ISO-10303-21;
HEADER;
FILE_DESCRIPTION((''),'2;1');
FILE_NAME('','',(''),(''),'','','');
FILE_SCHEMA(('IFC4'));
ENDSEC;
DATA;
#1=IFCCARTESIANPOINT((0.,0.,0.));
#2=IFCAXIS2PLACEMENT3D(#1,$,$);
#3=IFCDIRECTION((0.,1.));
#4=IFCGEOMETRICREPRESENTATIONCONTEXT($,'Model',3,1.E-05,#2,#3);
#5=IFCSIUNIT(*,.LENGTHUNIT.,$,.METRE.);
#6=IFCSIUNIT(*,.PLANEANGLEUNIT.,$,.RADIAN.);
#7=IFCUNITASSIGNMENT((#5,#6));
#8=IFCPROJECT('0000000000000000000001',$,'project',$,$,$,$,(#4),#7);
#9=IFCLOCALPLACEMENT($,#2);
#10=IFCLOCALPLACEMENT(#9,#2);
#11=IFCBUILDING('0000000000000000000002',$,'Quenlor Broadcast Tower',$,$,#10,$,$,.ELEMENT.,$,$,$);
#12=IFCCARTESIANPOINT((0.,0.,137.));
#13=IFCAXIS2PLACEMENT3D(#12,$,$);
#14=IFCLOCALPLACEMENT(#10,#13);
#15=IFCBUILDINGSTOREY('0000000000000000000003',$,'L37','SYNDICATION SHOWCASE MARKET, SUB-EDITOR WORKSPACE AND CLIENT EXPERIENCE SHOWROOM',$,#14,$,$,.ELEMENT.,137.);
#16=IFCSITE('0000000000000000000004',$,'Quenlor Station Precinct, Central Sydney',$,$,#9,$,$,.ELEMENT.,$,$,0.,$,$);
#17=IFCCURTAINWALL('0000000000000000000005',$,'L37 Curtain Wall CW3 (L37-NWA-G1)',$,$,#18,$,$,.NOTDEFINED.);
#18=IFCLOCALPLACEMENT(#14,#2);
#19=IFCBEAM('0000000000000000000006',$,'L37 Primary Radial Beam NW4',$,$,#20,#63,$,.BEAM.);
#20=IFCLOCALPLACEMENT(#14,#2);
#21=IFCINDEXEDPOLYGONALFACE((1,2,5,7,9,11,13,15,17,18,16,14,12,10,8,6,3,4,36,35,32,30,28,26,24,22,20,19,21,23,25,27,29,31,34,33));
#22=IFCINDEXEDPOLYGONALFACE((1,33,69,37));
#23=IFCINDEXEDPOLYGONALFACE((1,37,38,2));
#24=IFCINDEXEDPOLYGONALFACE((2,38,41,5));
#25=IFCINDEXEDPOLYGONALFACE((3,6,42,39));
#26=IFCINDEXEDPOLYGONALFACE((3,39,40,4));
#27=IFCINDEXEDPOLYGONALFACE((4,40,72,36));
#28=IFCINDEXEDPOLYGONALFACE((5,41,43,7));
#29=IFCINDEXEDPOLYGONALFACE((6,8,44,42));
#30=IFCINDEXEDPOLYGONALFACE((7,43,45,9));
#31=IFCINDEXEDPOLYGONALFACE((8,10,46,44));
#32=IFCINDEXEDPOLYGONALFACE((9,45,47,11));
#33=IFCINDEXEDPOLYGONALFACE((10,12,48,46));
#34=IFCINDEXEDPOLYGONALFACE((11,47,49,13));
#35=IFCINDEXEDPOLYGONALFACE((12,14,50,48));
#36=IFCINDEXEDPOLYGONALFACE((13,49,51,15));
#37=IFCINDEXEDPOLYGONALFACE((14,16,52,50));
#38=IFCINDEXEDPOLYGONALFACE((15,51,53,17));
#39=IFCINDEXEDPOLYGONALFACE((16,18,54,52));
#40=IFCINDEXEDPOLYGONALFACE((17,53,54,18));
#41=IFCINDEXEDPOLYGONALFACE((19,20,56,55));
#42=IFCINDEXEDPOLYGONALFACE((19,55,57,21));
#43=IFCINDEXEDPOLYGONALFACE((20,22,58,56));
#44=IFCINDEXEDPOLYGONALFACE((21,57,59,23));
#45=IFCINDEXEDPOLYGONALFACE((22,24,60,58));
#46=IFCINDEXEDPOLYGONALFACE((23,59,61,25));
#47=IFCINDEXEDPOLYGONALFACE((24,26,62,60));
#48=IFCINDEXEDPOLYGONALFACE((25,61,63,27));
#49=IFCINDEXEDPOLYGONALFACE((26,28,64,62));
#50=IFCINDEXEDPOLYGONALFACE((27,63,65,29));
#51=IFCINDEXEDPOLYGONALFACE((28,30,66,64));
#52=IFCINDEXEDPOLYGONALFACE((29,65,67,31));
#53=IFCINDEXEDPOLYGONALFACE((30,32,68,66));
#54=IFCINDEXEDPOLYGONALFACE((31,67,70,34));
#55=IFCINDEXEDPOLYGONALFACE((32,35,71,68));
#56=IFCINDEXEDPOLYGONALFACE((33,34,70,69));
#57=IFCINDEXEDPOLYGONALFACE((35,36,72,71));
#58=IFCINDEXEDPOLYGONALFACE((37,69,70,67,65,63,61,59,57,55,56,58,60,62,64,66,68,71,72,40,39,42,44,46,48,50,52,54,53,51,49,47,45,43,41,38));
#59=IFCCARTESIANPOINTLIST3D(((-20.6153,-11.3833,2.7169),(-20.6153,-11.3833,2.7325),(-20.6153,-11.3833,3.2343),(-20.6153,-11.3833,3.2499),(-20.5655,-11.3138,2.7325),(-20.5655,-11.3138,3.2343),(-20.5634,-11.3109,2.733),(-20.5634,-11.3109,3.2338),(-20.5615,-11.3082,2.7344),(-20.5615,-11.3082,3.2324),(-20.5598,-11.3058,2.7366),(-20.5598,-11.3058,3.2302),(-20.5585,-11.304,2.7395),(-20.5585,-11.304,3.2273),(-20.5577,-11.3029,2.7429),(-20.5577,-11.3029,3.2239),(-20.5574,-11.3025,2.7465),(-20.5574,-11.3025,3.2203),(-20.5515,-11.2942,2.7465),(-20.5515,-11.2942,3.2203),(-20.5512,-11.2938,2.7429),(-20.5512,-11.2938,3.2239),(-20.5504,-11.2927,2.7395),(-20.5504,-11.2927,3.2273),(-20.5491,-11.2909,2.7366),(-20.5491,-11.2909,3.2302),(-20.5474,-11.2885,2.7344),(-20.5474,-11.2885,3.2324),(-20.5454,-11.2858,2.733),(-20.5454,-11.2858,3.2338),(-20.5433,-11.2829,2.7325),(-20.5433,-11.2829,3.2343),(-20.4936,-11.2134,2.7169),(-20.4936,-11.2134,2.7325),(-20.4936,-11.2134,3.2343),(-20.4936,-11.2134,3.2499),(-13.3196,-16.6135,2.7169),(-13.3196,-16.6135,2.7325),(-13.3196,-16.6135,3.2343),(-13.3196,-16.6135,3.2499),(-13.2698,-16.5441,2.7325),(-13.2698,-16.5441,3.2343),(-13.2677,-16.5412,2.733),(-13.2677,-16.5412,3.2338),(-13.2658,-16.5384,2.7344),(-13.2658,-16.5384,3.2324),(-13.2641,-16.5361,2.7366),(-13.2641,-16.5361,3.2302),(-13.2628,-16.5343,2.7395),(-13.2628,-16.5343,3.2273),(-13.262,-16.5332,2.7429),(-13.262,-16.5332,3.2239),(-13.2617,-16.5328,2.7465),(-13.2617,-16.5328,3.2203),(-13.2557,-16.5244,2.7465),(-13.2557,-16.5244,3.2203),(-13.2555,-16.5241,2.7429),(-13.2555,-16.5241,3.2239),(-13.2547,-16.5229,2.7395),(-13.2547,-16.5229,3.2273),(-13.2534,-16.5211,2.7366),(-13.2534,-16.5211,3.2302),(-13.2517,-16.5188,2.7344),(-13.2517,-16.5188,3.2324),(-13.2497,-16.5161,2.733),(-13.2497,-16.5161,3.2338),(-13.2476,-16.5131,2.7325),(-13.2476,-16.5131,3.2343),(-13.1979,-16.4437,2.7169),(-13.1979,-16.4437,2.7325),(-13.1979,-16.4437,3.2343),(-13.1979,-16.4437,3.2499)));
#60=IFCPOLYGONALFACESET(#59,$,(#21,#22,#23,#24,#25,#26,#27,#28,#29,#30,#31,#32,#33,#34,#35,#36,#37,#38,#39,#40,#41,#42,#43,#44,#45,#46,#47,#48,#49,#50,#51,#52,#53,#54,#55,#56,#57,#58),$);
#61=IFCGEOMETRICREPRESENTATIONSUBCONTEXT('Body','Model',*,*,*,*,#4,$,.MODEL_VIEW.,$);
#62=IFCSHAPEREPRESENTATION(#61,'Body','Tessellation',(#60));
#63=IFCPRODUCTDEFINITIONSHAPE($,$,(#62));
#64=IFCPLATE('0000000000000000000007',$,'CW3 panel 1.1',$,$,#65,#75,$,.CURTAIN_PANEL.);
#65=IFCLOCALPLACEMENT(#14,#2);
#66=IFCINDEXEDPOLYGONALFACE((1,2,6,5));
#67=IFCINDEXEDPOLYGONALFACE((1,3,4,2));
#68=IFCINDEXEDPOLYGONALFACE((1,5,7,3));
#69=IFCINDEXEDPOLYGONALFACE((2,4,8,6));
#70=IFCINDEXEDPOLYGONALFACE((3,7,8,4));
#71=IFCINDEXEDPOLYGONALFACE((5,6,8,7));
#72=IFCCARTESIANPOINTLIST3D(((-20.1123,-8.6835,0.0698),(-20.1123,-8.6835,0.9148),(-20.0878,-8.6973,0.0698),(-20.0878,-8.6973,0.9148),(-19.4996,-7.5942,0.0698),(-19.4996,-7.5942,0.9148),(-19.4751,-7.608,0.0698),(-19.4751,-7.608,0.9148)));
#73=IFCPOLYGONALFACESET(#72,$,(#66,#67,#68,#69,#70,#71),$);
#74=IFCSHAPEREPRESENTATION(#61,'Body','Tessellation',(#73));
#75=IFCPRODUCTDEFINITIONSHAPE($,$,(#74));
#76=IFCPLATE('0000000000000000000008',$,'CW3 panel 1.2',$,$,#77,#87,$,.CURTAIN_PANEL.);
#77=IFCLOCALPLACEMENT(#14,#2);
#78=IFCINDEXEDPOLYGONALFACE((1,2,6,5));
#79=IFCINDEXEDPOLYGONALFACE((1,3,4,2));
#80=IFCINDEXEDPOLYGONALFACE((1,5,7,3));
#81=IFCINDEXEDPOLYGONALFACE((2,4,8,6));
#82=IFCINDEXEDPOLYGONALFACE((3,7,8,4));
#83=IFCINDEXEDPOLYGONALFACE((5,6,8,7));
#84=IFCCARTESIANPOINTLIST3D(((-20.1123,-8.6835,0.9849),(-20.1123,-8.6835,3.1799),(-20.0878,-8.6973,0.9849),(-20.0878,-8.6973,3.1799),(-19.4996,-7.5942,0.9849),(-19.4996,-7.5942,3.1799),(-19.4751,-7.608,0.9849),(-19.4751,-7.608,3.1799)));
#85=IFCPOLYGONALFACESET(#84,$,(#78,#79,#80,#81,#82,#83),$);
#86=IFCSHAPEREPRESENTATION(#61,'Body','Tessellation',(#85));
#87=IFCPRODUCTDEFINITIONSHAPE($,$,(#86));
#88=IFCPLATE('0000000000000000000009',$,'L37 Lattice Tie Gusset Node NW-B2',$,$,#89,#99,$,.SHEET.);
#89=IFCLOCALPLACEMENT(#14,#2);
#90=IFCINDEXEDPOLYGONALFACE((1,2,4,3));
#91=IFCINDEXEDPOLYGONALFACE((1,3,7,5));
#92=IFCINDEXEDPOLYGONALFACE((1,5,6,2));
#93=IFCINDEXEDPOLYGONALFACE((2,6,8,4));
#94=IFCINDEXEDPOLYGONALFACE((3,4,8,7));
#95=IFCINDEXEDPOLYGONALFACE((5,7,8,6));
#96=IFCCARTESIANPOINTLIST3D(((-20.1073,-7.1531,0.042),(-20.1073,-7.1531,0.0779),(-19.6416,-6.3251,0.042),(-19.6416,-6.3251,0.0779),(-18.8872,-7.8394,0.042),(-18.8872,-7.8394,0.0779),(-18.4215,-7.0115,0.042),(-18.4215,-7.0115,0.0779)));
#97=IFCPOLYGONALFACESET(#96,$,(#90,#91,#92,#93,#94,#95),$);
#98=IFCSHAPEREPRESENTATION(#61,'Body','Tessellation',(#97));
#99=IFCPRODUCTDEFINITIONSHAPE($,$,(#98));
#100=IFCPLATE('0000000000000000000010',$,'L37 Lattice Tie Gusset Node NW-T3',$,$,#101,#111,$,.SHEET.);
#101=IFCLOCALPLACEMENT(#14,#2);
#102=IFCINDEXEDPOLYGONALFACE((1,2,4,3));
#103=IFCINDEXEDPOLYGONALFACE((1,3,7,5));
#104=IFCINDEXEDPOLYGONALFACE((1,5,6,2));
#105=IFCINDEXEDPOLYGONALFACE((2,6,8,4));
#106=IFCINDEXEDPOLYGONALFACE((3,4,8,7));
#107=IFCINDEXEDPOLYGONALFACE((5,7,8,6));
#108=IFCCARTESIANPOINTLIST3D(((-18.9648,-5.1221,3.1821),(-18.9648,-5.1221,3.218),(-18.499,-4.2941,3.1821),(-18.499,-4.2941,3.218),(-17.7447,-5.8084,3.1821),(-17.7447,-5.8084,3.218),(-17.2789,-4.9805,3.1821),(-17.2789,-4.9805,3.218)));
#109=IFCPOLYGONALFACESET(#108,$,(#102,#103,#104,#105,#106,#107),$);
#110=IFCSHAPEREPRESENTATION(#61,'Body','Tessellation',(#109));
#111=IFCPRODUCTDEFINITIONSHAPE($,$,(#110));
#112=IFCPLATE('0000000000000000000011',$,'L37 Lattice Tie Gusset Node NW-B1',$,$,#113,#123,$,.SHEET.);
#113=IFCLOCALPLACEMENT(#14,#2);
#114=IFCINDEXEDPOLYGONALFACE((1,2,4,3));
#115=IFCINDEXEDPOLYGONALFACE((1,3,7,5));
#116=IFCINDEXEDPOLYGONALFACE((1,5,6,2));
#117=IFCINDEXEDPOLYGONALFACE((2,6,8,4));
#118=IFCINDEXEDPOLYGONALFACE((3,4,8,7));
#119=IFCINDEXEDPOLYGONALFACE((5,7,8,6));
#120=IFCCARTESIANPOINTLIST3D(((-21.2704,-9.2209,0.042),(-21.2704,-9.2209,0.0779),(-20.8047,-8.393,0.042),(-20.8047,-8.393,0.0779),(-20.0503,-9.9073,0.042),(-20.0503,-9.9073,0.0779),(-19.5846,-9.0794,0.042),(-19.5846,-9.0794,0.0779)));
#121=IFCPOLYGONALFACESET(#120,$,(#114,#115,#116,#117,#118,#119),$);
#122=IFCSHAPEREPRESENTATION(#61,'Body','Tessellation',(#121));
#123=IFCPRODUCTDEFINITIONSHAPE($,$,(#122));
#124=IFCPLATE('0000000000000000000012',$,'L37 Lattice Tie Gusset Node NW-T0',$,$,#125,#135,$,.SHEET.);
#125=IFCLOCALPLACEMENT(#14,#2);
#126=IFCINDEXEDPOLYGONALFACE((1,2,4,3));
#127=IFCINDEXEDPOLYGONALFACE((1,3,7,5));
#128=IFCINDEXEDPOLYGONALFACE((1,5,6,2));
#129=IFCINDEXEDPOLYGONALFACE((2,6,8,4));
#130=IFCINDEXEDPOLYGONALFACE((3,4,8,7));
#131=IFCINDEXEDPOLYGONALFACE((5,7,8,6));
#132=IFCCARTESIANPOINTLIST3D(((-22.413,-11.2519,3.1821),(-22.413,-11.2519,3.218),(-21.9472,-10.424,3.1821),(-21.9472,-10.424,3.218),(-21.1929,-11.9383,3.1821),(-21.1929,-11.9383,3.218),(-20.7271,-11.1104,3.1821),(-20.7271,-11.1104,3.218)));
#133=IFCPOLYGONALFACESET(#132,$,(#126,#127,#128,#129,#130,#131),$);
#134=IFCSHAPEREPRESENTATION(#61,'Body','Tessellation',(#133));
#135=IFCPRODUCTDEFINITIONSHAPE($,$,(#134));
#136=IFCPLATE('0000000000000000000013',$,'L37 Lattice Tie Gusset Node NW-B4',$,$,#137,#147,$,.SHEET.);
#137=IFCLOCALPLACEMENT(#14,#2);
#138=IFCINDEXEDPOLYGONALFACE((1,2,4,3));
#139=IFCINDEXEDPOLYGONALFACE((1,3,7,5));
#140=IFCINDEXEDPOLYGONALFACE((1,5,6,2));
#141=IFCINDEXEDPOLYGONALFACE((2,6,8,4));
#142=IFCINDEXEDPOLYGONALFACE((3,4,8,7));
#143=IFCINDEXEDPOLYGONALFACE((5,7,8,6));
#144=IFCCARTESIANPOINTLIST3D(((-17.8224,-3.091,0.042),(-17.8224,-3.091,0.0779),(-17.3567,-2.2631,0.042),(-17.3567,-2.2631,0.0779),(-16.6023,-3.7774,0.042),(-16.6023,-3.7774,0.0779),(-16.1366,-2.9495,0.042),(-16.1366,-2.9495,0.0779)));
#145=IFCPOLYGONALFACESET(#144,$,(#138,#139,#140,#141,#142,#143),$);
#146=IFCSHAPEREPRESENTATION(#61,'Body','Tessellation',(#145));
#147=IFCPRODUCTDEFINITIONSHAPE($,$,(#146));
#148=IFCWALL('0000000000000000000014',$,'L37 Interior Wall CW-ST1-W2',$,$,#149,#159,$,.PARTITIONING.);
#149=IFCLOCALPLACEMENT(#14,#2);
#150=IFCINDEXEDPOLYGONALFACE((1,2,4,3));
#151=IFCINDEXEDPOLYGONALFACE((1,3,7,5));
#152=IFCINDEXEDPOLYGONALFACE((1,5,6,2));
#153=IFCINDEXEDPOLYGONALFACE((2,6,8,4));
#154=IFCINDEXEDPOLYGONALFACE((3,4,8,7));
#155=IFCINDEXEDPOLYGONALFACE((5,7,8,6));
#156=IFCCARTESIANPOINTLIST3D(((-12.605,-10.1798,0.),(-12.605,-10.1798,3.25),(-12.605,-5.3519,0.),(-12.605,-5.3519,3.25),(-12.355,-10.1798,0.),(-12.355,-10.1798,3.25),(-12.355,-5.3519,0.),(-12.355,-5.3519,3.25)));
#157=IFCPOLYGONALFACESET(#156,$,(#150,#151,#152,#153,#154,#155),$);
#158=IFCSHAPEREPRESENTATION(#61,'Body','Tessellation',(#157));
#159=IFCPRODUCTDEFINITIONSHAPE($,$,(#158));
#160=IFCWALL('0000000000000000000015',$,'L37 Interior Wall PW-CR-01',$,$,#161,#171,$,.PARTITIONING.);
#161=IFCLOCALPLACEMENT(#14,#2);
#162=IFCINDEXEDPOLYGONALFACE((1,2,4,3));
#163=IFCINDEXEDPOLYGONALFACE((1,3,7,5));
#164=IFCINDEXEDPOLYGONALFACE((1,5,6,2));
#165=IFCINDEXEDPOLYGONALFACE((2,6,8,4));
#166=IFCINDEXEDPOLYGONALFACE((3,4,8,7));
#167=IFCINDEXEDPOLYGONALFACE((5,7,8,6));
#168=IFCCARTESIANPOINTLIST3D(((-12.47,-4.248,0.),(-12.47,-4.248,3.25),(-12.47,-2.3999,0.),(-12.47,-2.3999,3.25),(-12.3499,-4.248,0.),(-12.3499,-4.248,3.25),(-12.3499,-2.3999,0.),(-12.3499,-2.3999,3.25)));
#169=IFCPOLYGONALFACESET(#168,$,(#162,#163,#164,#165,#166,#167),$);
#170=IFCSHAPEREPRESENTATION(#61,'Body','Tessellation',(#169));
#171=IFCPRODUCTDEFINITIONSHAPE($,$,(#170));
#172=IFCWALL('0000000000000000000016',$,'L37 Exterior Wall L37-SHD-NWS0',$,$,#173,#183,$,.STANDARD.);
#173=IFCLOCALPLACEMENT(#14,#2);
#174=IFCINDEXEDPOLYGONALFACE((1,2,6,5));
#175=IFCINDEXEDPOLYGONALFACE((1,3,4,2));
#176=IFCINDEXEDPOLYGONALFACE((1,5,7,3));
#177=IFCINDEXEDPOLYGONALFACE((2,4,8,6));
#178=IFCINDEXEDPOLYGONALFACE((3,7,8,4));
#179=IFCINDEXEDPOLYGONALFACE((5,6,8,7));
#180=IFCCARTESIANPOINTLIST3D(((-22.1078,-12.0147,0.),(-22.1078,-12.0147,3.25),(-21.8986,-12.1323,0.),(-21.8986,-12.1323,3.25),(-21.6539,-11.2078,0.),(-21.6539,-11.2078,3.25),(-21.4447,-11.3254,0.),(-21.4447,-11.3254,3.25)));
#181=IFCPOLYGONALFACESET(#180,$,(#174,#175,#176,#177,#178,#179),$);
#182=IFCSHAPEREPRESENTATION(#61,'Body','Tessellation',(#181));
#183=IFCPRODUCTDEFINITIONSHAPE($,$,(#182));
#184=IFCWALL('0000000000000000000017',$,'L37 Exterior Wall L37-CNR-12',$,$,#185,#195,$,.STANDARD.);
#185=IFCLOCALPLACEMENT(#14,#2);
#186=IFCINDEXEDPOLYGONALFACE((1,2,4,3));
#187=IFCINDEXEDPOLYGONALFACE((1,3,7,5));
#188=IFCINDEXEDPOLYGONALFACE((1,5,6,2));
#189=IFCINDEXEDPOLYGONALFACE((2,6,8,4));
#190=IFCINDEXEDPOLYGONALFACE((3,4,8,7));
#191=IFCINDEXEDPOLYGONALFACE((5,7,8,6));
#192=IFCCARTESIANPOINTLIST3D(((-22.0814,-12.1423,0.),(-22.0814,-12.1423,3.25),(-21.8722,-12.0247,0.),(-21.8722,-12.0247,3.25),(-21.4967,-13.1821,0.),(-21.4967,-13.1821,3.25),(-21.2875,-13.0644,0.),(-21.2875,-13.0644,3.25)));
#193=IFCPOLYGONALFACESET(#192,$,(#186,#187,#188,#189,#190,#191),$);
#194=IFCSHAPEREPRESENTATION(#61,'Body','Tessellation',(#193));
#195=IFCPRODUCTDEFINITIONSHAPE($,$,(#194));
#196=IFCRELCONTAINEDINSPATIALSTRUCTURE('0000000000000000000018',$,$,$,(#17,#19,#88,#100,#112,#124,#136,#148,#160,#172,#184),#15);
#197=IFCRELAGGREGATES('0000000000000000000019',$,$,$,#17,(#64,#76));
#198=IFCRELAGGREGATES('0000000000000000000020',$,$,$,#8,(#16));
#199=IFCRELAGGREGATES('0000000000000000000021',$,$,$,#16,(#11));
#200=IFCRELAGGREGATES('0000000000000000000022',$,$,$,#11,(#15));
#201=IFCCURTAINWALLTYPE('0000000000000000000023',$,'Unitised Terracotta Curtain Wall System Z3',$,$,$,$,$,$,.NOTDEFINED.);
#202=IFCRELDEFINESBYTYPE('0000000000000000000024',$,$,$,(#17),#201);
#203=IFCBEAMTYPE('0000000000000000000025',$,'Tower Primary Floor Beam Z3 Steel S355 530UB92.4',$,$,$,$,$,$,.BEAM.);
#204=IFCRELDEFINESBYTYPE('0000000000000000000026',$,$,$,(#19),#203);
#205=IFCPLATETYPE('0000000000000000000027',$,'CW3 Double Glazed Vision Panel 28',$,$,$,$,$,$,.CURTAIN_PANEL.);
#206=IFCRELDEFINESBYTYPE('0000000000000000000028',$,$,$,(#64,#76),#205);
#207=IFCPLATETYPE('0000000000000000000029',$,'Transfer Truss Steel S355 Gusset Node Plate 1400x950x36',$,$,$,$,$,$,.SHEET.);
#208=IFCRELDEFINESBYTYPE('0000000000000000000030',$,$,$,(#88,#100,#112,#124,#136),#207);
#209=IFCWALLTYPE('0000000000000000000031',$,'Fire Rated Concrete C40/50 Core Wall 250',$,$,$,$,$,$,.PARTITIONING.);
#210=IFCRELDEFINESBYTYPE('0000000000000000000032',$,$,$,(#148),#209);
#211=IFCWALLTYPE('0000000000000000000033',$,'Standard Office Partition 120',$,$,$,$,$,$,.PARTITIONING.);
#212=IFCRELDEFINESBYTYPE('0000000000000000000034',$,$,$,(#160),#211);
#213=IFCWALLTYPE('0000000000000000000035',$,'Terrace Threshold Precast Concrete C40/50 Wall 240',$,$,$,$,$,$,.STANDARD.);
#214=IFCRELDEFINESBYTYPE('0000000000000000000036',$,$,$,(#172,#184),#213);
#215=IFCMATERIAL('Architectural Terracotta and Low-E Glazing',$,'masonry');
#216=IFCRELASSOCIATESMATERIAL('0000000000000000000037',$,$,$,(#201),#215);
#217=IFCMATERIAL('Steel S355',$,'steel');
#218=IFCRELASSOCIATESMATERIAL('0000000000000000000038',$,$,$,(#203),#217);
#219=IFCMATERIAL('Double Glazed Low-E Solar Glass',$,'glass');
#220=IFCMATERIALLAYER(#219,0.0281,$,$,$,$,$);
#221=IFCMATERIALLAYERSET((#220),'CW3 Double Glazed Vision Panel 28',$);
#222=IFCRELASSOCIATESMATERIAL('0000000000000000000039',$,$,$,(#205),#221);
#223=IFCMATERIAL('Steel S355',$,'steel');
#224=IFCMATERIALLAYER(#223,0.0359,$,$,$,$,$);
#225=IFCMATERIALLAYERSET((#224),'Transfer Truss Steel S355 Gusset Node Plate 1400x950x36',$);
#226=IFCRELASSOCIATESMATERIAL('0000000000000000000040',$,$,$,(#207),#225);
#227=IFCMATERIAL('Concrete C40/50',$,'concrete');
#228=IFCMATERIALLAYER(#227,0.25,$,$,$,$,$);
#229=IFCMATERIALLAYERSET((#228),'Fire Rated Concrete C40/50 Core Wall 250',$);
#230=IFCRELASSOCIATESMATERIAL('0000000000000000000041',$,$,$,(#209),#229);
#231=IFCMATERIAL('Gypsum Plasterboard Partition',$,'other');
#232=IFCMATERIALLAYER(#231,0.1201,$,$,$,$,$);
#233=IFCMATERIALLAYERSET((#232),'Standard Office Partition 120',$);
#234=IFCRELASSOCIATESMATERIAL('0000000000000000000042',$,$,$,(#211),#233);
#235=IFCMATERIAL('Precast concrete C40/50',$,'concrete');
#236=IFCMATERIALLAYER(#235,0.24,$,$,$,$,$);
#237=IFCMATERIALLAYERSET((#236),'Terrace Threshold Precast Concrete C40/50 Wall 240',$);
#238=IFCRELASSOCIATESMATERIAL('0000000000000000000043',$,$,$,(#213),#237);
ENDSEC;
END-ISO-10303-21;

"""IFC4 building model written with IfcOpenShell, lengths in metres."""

from ifc_helpers import new_model, si_unit, direction, frame, frame_2d, origin, origin_2d, place, context, subcontext, project, spatial, rectangle, i_section, extrude, material, layer, layer_set, material_profile, profile_set, type_object, element, aggregate, save


model = new_model("IFC4")

# Units and contexts
model_context = context("Model", 3, precision=1e-05, world=origin(), true_north=direction((0.0, 1.0)))
body_context = subcontext(model_context, "Body", "Model", "MODEL_VIEW")
ifc_project = project(units=[si_unit("LENGTHUNIT", "METRE"), si_unit("PLANEANGLEUNIT", "RADIAN")], contexts=[model_context])

# Site, building, storey
site_placement = place(None, origin())
site = spatial("IfcSite", under=ifc_project, at=site_placement, Name="Quenlor Station Precinct, Central Sydney", CompositionType="ELEMENT", RefElevation=0.0)
building_placement = place(site_placement, origin())
building = spatial("IfcBuilding", under=site, at=building_placement, Name="Quenlor Broadcast Tower", CompositionType="ELEMENT")
storey_placement = place(building_placement, frame((0.0, 0.0, 137.0)))
storey = spatial("IfcBuildingStorey", under=building, at=storey_placement, Name="L37", Description="SYNDICATION SHOWCASE MARKET, SUB-EDITOR WORKSPACE AND CLIENT EXPERIENCE SHOWROOM", CompositionType="ELEMENT", Elevation=137.0)

# Curtain wall
ifc_material_1 = material(Name="Architectural Terracotta and Low-E Glazing", Category="masonry")
curtain_wall_type = type_object("IfcCurtainWallType", Name="Unitised Terracotta Curtain Wall System Z3", PredefinedType="NOTDEFINED", material=ifc_material_1)
curtain_wall_placement = place(storey_placement, origin())
curtain_wall = element("IfcCurtainWall", 1, at=curtain_wall_placement, inside=storey, type_object=curtain_wall_type, Name="L37 Curtain Wall CW3 (L37-NWA-G1)", PredefinedType="NOTDEFINED")

# Beam
ifc_material_2 = material(Name="Steel S355", Category="steel")
ifc_material_profile_1 = material_profile(ifc_material_2, i_section(OverallWidth=0.209, OverallDepth=0.533, WebThickness=0.0103, FlangeThickness=0.0156, FilletRadius=0.0139, at=origin_2d()))
ifc_profile_set_1 = profile_set([ifc_material_profile_1], Name="Steel S355 530UB92.4")
beam_type_1 = type_object("IfcBeamType", Name="Tower Primary Floor Beam Z3 Steel S355 530UB92.4", PredefinedType="BEAM", material=ifc_profile_set_1)
beam_1_placement = place(storey_placement, frame((-20.5544, -11.2983, 2.9834), z_axis=(0.812729, -0.582642, 0.0), x_axis=(0.582642, 0.812729, 0.0)))
element("IfcBeam", 2, at=beam_1_placement, inside=storey, type_object=beam_type_1, Name="L37 Primary Radial Beam NW4", PredefinedType="BEAM", context=body_context, shape_type="SweptSolid", body=[
    extrude(i_section(OverallWidth=0.209, OverallDepth=0.533, WebThickness=0.0103, FlangeThickness=0.0156, FilletRadius=0.0139, at=origin_2d()), origin(), (0.0, 0.0, 1.0), 8.9768),
])

# Plates
ifc_material_3 = material(Name="Double Glazed Low-E Solar Glass", Category="glass")
ifc_layer_1 = layer(ifc_material_3, 0.0281)
ifc_layer_set_1 = layer_set([ifc_layer_1], Name="CW3 Double Glazed Vision Panel 28")
plate_type_1 = type_object("IfcPlateType", Name="CW3 Double Glazed Vision Panel 28", PredefinedType="CURTAIN_PANEL", material=ifc_layer_set_1)
plate_1_placement = place(storey_placement, frame((-19.7937, -8.1458, 0.0698), z_axis=(0.0, 0.0, 1.0), x_axis=(0.490261, 0.871576, 0.0)))
plate_1 = element("IfcPlate", 3, at=plate_1_placement, type_object=plate_type_1, Name="CW3 panel 1.1", PredefinedType="CURTAIN_PANEL", context=body_context, shape_type="SweptSolid", body=[
    extrude(rectangle(XDim=1.2498, YDim=0.0281, at=origin_2d()), origin(), (0.0, 0.0, 1.0), 0.845),
])
plate_2_placement = place(storey_placement, frame((-19.7937, -8.1458, 0.9849), z_axis=(0.0, 0.0, 1.0), x_axis=(0.490261, 0.871576, 0.0)))
plate_2 = element("IfcPlate", 4, at=plate_2_placement, type_object=plate_type_1, Name="CW3 panel 1.2", PredefinedType="CURTAIN_PANEL", context=body_context, shape_type="SweptSolid", body=[
    extrude(rectangle(XDim=1.2498, YDim=0.0281, at=origin_2d()), origin(), (0.0, 0.0, 1.0), 2.1951),
])
aggregate(curtain_wall, [plate_1, plate_2])

# Plates
ifc_material_4 = material(Name="Steel S355", Category="steel")
ifc_layer_2 = layer(ifc_material_4, 0.0359)
ifc_layer_set_2 = layer_set([ifc_layer_2], Name="Transfer Truss Steel S355 Gusset Node Plate 1400x950x36")
plate_type_2 = type_object("IfcPlateType", Name="Transfer Truss Steel S355 Gusset Node Plate 1400x950x36", PredefinedType="SHEET", material=ifc_layer_set_2)
for number, where, z_axis, x_axis, name in (
    (5, (-19.2644, -7.0823, 0.042), (0.0, 0.0, 1.0), (-0.871556, 0.490295, 0.0), "L37 Lattice Tie Gusset Node NW-B2"),
    (6, (-18.1218, -5.0513, 3.1821), (0.0, 0.0, 1.0), (-0.871556, 0.490295, 0.0), "L37 Lattice Tie Gusset Node NW-T3"),
    (7, (-20.4275, -9.1501, 0.042), (0.0, 0.0, 1.0), (-0.871556, 0.490295, 0.0), "L37 Lattice Tie Gusset Node NW-B1"),
    (8, (-21.5701, -11.1812, 3.1821), (0.0, 0.0, 1.0), (-0.871556, 0.490295, 0.0), "L37 Lattice Tie Gusset Node NW-T0"),
    (9, (-16.9795, -3.0203, 0.042), (0.0, 0.0, 1.0), (-0.871556, 0.490295, 0.0), "L37 Lattice Tie Gusset Node NW-B4"),
):
    element("IfcPlate", number, at=place(storey_placement, frame(where, z_axis=z_axis, x_axis=x_axis)), inside=storey, type_object=plate_type_2, Name=name, PredefinedType="SHEET", context=body_context, shape_type="SweptSolid", body=[
        extrude(rectangle(XDim=1.3999, YDim=0.95, at=origin_2d()), origin(), (0.0, 0.0, 1.0), 0.0359),
    ])

# Walls
ifc_material_5 = material(Name="Concrete C40/50", Category="concrete")
ifc_layer_3 = layer(ifc_material_5, 0.25)
ifc_layer_set_3 = layer_set([ifc_layer_3], Name="Fire Rated Concrete C40/50 Core Wall 250")
wall_type_1 = type_object("IfcWallType", Name="Fire Rated Concrete C40/50 Core Wall 250", PredefinedType="PARTITIONING", material=ifc_layer_set_3)
wall_1_placement = place(storey_placement, frame((-12.48, -10.1799, 0.0), z_axis=(0.0, 0.0, 1.0), x_axis=(0.0, 1.0, 0.0)))
element("IfcWall", 10, at=wall_1_placement, inside=storey, type_object=wall_type_1, Name="L37 Interior Wall CW-ST1-W2", PredefinedType="PARTITIONING", context=body_context, shape_type="SweptSolid", body=[
    extrude(rectangle(XDim=4.8279, YDim=0.25, at=frame_2d((2.4141, 0.0))), origin(), (0.0, 0.0, 1.0), 3.25),
])
ifc_material_6 = material(Name="Gypsum Plasterboard Partition", Category="other")
ifc_layer_4 = layer(ifc_material_6, 0.1201)
ifc_layer_set_4 = layer_set([ifc_layer_4], Name="Standard Office Partition 120")
wall_type_2 = type_object("IfcWallType", Name="Standard Office Partition 120", PredefinedType="PARTITIONING", material=ifc_layer_set_4)
wall_2_placement = place(storey_placement, frame((-12.4099, -4.248, 0.0), z_axis=(0.0, 0.0, 1.0), x_axis=(0.0, 1.0, 0.0)))
element("IfcWall", 11, at=wall_2_placement, inside=storey, type_object=wall_type_2, Name="L37 Interior Wall PW-CR-01", PredefinedType="PARTITIONING", context=body_context, shape_type="SweptSolid", body=[
    extrude(rectangle(XDim=1.8481, YDim=0.1201, at=frame_2d((0.9241, 0.0))), origin(), (0.0, 0.0, 1.0), 3.25),
])
ifc_material_7 = material(Name="Precast concrete C40/50", Category="concrete")
ifc_layer_5 = layer(ifc_material_7, 0.24)
ifc_layer_set_5 = layer_set([ifc_layer_5], Name="Terrace Threshold Precast Concrete C40/50 Wall 240")
wall_type_3 = type_object("IfcWallType", Name="Terrace Threshold Precast Concrete C40/50 Wall 240", PredefinedType="STANDARD", material=ifc_layer_set_5)
wall_3_placement = place(storey_placement, frame((-22.0032, -12.0735, 0.0), z_axis=(0.0, 0.0, 1.0), x_axis=(0.490249, 0.871583, 0.0)))
element("IfcWall", 12, at=wall_3_placement, inside=storey, type_object=wall_type_3, Name="L37 Exterior Wall L37-SHD-NWS0", PredefinedType="STANDARD", context=body_context, shape_type="SweptSolid", body=[
    extrude(rectangle(XDim=0.9258, YDim=0.24, at=frame_2d((0.4629, 0.0))), origin(), (0.0, 0.0, 1.0), 3.25),
])
wall_4_placement = place(storey_placement, frame((-21.9768, -12.0835, 0.0), z_axis=(0.0, 0.0, 1.0), x_axis=(0.490154, -0.871636, 0.0)))
element("IfcWall", 13, at=wall_4_placement, inside=storey, type_object=wall_type_3, Name="L37 Exterior Wall L37-CNR-12", PredefinedType="STANDARD", context=body_context, shape_type="SweptSolid", body=[
    extrude(rectangle(XDim=1.1929, YDim=0.24, at=frame_2d((0.5964, 0.0))), origin(), (0.0, 0.0, 1.0), 3.25),
])

save(model, "model.ifc")
